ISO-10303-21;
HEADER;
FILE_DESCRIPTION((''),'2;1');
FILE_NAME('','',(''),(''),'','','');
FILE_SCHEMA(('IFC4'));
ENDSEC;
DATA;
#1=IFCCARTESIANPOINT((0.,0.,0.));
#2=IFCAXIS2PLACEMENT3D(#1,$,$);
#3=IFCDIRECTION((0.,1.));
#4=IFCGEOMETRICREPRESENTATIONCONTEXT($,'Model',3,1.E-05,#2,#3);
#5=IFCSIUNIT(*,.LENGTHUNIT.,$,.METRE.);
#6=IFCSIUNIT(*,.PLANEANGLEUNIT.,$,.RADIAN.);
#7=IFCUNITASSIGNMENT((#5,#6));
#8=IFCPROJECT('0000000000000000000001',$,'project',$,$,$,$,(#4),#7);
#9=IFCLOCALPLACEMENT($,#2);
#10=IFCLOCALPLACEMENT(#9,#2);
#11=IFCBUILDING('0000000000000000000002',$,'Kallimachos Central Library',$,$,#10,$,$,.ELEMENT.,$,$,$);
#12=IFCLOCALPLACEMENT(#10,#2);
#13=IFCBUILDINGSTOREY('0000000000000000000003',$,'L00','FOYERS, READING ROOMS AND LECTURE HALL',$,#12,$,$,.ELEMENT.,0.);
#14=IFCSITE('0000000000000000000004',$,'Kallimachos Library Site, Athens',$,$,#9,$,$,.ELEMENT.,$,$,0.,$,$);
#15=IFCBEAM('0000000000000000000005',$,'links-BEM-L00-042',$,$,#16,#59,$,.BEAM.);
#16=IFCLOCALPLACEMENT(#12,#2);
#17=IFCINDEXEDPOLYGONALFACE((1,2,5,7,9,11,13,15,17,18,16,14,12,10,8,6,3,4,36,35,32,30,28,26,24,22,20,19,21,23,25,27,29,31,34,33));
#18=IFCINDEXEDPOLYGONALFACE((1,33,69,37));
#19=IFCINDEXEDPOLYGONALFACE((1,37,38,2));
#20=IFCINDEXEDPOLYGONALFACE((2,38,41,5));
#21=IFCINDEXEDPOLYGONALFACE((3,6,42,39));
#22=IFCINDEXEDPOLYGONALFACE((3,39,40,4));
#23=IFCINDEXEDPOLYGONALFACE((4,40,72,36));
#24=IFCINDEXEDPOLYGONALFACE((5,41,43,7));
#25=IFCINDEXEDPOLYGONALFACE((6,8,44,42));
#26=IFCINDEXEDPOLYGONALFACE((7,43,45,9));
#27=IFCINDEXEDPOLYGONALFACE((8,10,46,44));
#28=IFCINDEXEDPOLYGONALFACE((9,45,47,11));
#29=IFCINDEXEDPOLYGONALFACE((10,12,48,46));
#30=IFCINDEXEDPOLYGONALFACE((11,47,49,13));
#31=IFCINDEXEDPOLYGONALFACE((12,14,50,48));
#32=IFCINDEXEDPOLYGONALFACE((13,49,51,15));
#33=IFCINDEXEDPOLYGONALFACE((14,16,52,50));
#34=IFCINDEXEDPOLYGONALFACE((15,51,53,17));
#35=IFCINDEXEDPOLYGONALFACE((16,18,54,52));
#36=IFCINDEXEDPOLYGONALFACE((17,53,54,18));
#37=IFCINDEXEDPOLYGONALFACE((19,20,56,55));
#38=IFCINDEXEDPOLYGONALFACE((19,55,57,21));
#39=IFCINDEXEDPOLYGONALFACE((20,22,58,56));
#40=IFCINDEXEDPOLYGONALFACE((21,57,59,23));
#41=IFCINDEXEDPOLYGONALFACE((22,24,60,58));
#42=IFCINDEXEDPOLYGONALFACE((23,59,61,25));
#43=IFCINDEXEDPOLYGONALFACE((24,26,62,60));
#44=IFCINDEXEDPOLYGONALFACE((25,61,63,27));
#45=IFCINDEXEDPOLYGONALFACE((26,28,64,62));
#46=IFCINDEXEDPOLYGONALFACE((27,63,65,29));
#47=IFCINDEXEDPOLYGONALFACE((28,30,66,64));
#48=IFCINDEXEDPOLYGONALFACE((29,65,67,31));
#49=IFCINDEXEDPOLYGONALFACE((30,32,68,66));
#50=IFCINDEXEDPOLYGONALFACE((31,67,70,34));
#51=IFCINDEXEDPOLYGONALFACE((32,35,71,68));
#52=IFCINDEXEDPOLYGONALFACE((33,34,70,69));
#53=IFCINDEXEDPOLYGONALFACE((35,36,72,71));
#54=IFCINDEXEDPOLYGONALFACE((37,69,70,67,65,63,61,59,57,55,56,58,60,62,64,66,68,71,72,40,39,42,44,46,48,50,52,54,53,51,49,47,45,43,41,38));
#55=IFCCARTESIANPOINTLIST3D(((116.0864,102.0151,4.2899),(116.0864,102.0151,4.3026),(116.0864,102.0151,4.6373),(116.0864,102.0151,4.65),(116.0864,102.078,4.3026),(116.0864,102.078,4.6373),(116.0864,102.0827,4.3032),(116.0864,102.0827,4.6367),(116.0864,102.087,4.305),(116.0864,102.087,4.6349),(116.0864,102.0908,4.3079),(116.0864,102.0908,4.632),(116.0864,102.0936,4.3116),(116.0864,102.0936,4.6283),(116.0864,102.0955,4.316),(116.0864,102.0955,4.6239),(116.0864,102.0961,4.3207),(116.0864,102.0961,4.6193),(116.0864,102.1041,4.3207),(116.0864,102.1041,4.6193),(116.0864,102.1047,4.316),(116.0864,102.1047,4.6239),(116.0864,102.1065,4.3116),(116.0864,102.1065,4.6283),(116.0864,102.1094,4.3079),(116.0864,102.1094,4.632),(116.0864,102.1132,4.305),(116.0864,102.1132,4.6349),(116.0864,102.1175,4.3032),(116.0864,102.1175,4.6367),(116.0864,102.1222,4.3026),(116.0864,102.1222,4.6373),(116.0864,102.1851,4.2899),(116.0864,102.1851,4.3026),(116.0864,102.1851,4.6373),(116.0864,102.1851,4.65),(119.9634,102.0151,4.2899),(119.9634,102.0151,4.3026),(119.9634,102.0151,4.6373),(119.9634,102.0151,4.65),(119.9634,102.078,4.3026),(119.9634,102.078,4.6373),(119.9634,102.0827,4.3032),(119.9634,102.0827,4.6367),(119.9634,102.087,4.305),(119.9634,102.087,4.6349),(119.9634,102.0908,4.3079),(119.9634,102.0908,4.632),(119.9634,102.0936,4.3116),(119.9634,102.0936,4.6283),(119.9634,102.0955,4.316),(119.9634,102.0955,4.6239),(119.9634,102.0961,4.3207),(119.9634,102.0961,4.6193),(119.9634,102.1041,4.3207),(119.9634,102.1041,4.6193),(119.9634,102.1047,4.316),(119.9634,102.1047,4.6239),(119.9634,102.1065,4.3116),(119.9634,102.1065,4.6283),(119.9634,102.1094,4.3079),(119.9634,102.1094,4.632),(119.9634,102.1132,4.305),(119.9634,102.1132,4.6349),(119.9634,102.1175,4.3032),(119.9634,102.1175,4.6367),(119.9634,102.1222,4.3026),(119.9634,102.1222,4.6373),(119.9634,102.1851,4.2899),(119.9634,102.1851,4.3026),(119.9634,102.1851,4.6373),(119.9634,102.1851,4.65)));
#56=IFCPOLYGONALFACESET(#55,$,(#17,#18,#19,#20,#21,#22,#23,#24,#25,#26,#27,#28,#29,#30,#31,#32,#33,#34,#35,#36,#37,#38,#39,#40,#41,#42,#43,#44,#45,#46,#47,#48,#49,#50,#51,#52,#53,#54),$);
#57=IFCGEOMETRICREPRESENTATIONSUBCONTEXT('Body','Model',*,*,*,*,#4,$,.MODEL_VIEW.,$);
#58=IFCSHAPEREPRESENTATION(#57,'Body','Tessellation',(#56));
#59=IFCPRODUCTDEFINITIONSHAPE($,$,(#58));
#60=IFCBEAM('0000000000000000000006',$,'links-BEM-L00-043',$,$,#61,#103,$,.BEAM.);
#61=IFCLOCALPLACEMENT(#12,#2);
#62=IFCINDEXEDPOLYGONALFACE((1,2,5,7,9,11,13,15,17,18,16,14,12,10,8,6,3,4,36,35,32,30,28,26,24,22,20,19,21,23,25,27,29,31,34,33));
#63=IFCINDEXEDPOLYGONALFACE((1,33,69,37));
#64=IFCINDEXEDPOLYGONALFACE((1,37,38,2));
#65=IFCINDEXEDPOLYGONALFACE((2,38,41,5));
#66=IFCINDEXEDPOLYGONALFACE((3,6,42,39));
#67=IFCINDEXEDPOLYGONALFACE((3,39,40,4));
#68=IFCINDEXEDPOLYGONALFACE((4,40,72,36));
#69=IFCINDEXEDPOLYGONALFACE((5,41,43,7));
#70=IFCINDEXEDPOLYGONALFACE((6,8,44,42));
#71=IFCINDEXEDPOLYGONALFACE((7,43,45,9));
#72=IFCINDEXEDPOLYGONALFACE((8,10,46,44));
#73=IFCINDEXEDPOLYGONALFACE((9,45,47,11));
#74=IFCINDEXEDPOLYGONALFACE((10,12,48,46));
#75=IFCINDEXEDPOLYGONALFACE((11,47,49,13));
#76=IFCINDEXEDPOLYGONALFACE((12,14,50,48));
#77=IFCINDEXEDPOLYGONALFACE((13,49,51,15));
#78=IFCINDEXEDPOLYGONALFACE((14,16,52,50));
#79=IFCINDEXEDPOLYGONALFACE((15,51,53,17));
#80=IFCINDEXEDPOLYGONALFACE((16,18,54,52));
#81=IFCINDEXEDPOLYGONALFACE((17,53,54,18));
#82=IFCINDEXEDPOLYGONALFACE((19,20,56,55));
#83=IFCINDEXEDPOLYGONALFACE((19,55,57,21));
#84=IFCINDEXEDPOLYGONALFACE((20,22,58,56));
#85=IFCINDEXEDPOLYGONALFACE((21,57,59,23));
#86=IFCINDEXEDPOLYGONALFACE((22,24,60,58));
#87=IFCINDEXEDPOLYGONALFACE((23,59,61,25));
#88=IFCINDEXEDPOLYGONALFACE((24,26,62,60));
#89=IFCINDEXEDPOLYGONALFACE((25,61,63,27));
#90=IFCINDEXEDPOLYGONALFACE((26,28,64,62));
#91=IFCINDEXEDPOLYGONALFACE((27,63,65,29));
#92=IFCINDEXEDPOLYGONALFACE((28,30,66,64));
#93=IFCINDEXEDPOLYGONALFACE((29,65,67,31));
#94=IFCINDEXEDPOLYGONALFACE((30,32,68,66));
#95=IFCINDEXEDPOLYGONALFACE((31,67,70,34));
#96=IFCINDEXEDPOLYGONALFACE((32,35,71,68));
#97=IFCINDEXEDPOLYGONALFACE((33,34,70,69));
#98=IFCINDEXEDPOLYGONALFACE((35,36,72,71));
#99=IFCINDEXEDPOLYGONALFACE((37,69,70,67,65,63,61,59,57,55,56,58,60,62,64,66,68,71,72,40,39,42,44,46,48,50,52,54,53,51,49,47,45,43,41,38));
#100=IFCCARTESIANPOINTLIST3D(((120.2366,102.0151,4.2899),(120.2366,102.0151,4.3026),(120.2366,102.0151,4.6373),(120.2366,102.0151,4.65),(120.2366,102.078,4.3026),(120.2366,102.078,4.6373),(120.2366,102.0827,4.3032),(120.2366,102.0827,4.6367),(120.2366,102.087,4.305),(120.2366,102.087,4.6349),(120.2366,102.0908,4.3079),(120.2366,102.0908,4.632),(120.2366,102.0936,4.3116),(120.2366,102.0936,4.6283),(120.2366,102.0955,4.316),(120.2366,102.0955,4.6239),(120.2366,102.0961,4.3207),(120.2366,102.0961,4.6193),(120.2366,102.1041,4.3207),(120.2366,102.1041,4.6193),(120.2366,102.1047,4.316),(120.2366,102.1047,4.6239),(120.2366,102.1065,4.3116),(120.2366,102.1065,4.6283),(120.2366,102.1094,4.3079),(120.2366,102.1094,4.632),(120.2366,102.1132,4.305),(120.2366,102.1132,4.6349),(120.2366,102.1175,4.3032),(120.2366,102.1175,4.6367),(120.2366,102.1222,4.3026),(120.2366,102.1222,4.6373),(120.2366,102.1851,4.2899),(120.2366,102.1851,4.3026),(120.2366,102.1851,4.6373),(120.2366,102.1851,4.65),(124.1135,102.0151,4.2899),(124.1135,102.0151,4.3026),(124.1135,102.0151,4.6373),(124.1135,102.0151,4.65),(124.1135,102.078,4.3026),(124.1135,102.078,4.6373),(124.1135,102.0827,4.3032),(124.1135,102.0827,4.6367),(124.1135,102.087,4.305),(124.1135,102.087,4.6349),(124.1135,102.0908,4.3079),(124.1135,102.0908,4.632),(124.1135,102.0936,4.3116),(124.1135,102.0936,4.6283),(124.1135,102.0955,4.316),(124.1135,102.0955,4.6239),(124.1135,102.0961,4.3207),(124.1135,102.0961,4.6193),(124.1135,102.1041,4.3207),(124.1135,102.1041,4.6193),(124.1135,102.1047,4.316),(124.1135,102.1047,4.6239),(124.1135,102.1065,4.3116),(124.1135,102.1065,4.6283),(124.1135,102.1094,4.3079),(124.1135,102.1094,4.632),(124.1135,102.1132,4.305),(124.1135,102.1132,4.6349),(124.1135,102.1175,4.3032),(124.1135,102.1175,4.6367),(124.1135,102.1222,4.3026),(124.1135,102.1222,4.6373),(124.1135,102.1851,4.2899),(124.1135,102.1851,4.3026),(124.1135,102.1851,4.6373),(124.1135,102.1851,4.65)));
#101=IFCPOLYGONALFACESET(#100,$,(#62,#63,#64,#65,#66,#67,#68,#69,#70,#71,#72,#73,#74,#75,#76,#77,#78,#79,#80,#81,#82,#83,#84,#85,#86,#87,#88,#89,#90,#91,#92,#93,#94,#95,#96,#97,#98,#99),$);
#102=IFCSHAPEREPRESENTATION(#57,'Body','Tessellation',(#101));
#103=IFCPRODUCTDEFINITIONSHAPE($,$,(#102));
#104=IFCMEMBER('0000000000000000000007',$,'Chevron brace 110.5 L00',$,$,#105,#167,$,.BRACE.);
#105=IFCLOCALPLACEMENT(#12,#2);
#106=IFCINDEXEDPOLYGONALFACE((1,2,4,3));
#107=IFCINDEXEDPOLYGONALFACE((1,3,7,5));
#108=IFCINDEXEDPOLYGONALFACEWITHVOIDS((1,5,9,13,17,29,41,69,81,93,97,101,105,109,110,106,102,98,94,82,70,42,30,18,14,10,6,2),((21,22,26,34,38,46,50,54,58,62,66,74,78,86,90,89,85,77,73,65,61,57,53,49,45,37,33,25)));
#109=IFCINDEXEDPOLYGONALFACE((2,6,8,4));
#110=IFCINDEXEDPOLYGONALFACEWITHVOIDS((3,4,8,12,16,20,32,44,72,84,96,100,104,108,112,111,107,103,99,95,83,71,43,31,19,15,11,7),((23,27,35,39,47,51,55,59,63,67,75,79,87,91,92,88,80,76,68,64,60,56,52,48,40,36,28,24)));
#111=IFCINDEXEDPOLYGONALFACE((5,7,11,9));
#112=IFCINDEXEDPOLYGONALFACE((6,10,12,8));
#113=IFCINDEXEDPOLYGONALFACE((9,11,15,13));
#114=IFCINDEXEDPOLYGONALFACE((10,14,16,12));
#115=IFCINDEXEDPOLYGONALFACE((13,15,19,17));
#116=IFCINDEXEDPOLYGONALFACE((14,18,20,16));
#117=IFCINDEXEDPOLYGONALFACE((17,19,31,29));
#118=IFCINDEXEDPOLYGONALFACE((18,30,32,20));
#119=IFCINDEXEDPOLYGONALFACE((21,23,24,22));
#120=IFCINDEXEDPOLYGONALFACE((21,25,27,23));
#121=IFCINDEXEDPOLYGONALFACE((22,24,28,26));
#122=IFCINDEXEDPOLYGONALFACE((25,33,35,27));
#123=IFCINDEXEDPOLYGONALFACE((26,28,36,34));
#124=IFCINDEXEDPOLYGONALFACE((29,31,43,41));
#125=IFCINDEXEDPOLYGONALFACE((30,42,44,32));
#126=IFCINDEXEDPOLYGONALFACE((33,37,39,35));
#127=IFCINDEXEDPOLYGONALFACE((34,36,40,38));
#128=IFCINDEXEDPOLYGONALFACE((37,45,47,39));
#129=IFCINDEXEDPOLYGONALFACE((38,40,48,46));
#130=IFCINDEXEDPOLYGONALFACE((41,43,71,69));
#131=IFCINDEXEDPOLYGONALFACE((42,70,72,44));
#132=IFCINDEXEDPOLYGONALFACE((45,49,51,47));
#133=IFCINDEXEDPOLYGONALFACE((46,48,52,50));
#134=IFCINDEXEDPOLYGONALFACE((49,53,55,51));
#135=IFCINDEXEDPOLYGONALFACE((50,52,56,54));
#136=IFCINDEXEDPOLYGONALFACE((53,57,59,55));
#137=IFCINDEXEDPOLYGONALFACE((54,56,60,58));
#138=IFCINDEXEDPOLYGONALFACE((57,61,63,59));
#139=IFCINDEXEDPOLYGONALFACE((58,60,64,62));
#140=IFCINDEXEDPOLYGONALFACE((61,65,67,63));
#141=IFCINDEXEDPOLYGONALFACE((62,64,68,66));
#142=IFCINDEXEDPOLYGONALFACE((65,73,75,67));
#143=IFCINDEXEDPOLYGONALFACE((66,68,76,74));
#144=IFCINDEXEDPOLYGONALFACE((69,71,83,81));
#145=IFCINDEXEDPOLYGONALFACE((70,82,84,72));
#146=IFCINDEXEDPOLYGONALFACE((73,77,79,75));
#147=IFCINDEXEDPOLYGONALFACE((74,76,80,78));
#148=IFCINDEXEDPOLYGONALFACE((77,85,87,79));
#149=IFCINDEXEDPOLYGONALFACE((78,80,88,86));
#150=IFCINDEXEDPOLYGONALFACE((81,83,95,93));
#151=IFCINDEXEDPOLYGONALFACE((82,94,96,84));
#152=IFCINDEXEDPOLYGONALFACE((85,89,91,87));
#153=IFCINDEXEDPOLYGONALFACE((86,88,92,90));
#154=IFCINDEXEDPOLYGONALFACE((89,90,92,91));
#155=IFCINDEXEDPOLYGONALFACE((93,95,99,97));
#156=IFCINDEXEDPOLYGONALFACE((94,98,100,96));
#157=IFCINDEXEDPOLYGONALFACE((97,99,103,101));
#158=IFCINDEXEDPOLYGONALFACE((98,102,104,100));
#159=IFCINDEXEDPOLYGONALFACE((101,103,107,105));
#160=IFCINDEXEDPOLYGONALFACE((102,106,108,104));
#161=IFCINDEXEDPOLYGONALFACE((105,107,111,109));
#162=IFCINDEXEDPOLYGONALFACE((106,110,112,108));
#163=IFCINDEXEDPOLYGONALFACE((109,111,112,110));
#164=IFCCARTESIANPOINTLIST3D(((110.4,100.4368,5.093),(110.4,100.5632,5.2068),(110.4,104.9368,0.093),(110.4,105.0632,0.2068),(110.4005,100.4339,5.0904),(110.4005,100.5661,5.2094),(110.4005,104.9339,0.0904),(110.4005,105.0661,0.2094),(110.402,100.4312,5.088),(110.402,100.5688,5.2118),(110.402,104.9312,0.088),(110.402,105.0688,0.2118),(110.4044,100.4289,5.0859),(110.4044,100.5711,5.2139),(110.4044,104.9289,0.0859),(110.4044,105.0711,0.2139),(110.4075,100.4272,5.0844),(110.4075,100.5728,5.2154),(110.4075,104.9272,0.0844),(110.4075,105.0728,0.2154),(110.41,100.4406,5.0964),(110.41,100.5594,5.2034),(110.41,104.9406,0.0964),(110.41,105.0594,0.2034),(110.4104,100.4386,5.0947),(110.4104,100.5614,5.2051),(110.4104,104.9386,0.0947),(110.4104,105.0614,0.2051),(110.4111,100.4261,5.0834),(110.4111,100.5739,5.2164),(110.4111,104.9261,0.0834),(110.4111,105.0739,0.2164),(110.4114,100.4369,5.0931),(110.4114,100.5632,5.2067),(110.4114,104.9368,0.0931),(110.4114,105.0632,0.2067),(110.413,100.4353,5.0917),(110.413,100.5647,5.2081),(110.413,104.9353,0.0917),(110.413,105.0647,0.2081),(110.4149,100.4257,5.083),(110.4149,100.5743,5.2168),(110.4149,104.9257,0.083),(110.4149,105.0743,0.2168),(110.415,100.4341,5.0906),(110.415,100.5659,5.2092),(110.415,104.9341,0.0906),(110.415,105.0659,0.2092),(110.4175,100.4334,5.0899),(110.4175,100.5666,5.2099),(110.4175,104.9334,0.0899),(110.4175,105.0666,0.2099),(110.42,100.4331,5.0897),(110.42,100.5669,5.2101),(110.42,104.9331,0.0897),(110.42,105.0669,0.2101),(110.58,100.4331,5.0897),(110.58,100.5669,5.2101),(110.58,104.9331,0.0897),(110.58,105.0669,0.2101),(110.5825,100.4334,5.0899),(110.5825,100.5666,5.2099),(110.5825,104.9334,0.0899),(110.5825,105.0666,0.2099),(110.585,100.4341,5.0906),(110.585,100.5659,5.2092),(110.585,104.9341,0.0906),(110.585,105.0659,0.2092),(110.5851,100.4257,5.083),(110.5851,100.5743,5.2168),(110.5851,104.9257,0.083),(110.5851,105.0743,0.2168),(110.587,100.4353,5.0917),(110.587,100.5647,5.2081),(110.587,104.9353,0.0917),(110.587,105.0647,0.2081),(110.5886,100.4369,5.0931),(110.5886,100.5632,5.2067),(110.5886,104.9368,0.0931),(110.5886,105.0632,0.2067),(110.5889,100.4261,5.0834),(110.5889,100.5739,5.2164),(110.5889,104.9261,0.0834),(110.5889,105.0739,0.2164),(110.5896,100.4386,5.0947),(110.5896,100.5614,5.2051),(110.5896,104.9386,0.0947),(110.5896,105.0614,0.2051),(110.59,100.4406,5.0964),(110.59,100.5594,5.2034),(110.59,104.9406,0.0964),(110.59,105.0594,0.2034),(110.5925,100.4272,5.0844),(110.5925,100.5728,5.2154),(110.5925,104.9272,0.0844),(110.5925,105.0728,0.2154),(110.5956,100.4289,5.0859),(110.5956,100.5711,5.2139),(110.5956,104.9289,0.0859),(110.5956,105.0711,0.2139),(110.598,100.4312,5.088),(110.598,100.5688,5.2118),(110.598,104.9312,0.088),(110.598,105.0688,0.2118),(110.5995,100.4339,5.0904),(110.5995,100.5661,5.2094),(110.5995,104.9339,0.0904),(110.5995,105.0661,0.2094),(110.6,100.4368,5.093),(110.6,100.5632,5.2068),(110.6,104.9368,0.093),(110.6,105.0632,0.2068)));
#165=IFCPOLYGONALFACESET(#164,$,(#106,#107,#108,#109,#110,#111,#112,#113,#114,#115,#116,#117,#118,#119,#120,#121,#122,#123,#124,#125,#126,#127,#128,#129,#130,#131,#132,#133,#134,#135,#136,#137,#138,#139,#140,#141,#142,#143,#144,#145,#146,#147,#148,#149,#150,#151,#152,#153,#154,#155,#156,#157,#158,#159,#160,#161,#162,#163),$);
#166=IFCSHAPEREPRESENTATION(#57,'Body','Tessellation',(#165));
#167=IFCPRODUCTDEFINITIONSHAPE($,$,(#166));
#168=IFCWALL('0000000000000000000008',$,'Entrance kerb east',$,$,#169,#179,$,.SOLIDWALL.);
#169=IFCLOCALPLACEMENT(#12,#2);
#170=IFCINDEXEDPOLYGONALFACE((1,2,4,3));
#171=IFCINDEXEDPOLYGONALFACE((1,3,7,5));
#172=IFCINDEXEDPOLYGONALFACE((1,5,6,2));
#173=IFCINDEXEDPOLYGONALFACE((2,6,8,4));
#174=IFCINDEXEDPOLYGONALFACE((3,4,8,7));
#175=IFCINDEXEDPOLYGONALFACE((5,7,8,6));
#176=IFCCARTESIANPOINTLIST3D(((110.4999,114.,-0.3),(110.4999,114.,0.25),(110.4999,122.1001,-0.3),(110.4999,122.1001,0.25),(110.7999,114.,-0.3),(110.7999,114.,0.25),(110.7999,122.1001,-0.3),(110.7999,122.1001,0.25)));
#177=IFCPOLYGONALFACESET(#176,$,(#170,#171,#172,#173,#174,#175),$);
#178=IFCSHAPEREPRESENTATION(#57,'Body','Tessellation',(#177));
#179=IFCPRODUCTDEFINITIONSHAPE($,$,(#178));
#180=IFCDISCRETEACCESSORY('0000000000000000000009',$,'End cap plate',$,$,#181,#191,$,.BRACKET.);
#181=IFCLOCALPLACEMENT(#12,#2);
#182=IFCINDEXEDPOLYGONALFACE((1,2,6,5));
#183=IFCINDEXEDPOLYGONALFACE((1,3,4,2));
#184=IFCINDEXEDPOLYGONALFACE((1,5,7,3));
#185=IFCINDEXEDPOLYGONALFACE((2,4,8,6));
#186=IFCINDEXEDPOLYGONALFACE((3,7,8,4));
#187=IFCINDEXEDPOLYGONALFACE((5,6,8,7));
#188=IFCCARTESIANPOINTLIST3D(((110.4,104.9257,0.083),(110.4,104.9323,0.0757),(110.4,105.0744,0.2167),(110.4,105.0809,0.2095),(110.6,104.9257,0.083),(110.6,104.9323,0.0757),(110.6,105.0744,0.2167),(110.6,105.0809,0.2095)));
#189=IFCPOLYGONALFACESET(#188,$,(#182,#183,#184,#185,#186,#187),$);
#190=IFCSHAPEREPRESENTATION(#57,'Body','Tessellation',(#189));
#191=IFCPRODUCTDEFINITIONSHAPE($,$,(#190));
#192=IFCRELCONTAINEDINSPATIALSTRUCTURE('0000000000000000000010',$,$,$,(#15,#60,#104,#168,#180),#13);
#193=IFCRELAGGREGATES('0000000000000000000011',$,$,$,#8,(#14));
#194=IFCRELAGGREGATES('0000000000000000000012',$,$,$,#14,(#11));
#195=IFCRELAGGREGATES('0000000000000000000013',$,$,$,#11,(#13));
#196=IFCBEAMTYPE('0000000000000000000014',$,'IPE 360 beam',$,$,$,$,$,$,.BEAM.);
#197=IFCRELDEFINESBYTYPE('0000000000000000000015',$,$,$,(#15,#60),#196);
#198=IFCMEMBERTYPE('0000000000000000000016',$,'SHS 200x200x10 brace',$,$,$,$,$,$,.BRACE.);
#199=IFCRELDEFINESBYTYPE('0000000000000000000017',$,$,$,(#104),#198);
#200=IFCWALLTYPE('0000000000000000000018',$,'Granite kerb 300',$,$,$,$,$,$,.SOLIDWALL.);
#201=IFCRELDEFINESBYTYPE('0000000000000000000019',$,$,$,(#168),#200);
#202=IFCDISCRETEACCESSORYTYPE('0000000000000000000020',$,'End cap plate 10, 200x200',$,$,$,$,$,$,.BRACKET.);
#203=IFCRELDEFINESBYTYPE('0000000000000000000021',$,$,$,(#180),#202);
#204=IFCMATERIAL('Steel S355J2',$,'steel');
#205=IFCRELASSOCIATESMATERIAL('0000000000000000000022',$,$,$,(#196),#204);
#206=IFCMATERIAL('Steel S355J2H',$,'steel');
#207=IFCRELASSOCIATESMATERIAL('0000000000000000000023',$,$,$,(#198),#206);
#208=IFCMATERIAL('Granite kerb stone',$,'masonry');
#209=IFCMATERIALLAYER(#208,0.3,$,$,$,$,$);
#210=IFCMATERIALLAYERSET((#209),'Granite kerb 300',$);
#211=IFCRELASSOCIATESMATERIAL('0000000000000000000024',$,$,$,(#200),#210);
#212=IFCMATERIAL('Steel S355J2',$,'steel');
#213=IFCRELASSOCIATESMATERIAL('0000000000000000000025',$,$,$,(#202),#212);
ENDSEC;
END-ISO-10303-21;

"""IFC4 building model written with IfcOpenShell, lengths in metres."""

from ifc_helpers import new_model, si_unit, direction, frame, frame_2d, origin, origin_2d, place, context, subcontext, project, spatial, rectangle, hollow_rectangle, i_section, extrude, material, layer, layer_set, material_profile, profile_set, type_object, element, save


model = new_model("IFC4")

# Units and contexts
model_context = context("Model", 3, precision=1e-05, world=origin(), true_north=direction((0.0, 1.0)))
body_context = subcontext(model_context, "Body", "Model", "MODEL_VIEW")
ifc_project = project(units=[si_unit("LENGTHUNIT", "METRE"), si_unit("PLANEANGLEUNIT", "RADIAN")], contexts=[model_context])

# Site, building, storey
site_placement = place(None, origin())
site = spatial("IfcSite", under=ifc_project, at=site_placement, Name="Kallimachos Library Site, Athens", CompositionType="ELEMENT", RefElevation=0.0)
building_placement = place(site_placement, origin())
building = spatial("IfcBuilding", under=site, at=building_placement, Name="Kallimachos Central Library", CompositionType="ELEMENT")
storey_placement = place(building_placement, origin())
storey = spatial("IfcBuildingStorey", under=building, at=storey_placement, Name="L00", Description="FOYERS, READING ROOMS AND LECTURE HALL", CompositionType="ELEMENT", Elevation=0.0)

# Beams
ifc_material_1 = material(Name="Steel S355J2", Category="steel")
ifc_material_profile_1 = material_profile(ifc_material_1, i_section(OverallWidth=0.1699, OverallDepth=0.3601, WebThickness=0.0081, FlangeThickness=0.0127, FilletRadius=0.0181, at=origin_2d()), Name="IPE 360")
ifc_profile_set_1 = profile_set([ifc_material_profile_1], Name="Steel S355J2")
beam_type_1 = type_object("IfcBeamType", Name="IPE 360 beam", PredefinedType="BEAM", material=ifc_profile_set_1)
for number, where, z_axis, x_axis, name in (
    (1, (116.0864, 102.1001, 4.47), (1.0, 0.0, 0.0), (0.0, 1.0, 0.0), "links-BEM-L00-042"),
    (2, (120.2366, 102.1001, 4.47), (1.0, 0.0, 0.0), (0.0, 1.0, 0.0), "links-BEM-L00-043"),
):
    element("IfcBeam", number, at=place(storey_placement, frame(where, z_axis=z_axis, x_axis=x_axis)), inside=storey, type_object=beam_type_1, Name=name, PredefinedType="BEAM", context=body_context, shape_type="SweptSolid", body=[
        extrude(i_section(OverallWidth=0.1699, OverallDepth=0.3601, WebThickness=0.0081, FlangeThickness=0.0127, FilletRadius=0.0181, at=origin_2d()), origin(), (0.0, 0.0, 1.0), 3.877),
    ])

# Member
ifc_material_2 = material(Name="Steel S355J2H", Category="steel")
ifc_material_profile_2 = material_profile(ifc_material_2, hollow_rectangle(XDim=0.2, YDim=0.2, WallThickness=0.01, InnerFilletRadius=0.01, OuterFilletRadius=0.0149, at=origin_2d()), Name="SHS 200x200x10")
ifc_profile_set_2 = profile_set([ifc_material_profile_2], Name="Steel S355J2H")
member_type = type_object("IfcMemberType", Name="SHS 200x200x10 brace", PredefinedType="BRACE", material=ifc_profile_set_2)
member_placement = place(storey_placement, frame((110.5, 105.0, 0.1499), z_axis=(0.0, -0.668965, 0.743294), x_axis=(1.0, 0.0, 0.0)))
element("IfcMember", 3, at=member_placement, inside=storey, type_object=member_type, Name="Chevron brace 110.5 L00", PredefinedType="BRACE", context=body_context, shape_type="SweptSolid", body=[
    extrude(hollow_rectangle(XDim=0.2, YDim=0.2, WallThickness=0.01, InnerFilletRadius=0.01, OuterFilletRadius=0.0149, at=origin_2d()), origin(), (0.0, 0.0, 1.0), 6.7268),
])

# Wall
ifc_material_3 = material(Name="Granite kerb stone", Category="masonry")
ifc_layer = layer(ifc_material_3, 0.3)
ifc_layer_set = layer_set([ifc_layer], Name="Granite kerb 300")
wall_type = type_object("IfcWallType", Name="Granite kerb 300", PredefinedType="SOLIDWALL", material=ifc_layer_set)
wall_placement = place(storey_placement, frame((110.6499, 114.0, -0.3), z_axis=(0.0, 0.0, 1.0), x_axis=(0.0, 1.0, 0.0)))
element("IfcWall", 4, at=wall_placement, inside=storey, type_object=wall_type, Name="Entrance kerb east", PredefinedType="SOLIDWALL", context=body_context, shape_type="SweptSolid", body=[
    extrude(rectangle(XDim=8.1001, YDim=0.3, at=frame_2d((4.05, 0.0))), origin(), (0.0, 0.0, 1.0), 0.55),
])

# Discrete accessory
ifc_material_4 = material(Name="Steel S355J2", Category="steel")
ifc_material_profile_3 = material_profile(ifc_material_4, rectangle(XDim=0.2, YDim=0.2, at=origin_2d()), Name="End cap plate 10, 200x200")
ifc_profile_set_3 = profile_set([ifc_material_profile_3], Name="Steel S355J2")
discrete_accessory_type = type_object("IfcDiscreteAccessoryType", Name="End cap plate 10, 200x200", PredefinedType="BRACKET", material=ifc_profile_set_3)
discrete_accessory_placement = place(storey_placement, frame((110.5, 105.0066, 0.1426), z_axis=(0.0, -0.668965, 0.743294), x_axis=(1.0, 0.0, 0.0)))
element("IfcDiscreteAccessory", 5, at=discrete_accessory_placement, inside=storey, type_object=discrete_accessory_type, Name="End cap plate", PredefinedType="BRACKET", context=body_context, shape_type="SweptSolid", body=[
    extrude(rectangle(XDim=0.2, YDim=0.2, at=origin_2d()), origin(), (0.0, 0.0, 1.0), 0.0098),
])

save(model, "model.ifc")
